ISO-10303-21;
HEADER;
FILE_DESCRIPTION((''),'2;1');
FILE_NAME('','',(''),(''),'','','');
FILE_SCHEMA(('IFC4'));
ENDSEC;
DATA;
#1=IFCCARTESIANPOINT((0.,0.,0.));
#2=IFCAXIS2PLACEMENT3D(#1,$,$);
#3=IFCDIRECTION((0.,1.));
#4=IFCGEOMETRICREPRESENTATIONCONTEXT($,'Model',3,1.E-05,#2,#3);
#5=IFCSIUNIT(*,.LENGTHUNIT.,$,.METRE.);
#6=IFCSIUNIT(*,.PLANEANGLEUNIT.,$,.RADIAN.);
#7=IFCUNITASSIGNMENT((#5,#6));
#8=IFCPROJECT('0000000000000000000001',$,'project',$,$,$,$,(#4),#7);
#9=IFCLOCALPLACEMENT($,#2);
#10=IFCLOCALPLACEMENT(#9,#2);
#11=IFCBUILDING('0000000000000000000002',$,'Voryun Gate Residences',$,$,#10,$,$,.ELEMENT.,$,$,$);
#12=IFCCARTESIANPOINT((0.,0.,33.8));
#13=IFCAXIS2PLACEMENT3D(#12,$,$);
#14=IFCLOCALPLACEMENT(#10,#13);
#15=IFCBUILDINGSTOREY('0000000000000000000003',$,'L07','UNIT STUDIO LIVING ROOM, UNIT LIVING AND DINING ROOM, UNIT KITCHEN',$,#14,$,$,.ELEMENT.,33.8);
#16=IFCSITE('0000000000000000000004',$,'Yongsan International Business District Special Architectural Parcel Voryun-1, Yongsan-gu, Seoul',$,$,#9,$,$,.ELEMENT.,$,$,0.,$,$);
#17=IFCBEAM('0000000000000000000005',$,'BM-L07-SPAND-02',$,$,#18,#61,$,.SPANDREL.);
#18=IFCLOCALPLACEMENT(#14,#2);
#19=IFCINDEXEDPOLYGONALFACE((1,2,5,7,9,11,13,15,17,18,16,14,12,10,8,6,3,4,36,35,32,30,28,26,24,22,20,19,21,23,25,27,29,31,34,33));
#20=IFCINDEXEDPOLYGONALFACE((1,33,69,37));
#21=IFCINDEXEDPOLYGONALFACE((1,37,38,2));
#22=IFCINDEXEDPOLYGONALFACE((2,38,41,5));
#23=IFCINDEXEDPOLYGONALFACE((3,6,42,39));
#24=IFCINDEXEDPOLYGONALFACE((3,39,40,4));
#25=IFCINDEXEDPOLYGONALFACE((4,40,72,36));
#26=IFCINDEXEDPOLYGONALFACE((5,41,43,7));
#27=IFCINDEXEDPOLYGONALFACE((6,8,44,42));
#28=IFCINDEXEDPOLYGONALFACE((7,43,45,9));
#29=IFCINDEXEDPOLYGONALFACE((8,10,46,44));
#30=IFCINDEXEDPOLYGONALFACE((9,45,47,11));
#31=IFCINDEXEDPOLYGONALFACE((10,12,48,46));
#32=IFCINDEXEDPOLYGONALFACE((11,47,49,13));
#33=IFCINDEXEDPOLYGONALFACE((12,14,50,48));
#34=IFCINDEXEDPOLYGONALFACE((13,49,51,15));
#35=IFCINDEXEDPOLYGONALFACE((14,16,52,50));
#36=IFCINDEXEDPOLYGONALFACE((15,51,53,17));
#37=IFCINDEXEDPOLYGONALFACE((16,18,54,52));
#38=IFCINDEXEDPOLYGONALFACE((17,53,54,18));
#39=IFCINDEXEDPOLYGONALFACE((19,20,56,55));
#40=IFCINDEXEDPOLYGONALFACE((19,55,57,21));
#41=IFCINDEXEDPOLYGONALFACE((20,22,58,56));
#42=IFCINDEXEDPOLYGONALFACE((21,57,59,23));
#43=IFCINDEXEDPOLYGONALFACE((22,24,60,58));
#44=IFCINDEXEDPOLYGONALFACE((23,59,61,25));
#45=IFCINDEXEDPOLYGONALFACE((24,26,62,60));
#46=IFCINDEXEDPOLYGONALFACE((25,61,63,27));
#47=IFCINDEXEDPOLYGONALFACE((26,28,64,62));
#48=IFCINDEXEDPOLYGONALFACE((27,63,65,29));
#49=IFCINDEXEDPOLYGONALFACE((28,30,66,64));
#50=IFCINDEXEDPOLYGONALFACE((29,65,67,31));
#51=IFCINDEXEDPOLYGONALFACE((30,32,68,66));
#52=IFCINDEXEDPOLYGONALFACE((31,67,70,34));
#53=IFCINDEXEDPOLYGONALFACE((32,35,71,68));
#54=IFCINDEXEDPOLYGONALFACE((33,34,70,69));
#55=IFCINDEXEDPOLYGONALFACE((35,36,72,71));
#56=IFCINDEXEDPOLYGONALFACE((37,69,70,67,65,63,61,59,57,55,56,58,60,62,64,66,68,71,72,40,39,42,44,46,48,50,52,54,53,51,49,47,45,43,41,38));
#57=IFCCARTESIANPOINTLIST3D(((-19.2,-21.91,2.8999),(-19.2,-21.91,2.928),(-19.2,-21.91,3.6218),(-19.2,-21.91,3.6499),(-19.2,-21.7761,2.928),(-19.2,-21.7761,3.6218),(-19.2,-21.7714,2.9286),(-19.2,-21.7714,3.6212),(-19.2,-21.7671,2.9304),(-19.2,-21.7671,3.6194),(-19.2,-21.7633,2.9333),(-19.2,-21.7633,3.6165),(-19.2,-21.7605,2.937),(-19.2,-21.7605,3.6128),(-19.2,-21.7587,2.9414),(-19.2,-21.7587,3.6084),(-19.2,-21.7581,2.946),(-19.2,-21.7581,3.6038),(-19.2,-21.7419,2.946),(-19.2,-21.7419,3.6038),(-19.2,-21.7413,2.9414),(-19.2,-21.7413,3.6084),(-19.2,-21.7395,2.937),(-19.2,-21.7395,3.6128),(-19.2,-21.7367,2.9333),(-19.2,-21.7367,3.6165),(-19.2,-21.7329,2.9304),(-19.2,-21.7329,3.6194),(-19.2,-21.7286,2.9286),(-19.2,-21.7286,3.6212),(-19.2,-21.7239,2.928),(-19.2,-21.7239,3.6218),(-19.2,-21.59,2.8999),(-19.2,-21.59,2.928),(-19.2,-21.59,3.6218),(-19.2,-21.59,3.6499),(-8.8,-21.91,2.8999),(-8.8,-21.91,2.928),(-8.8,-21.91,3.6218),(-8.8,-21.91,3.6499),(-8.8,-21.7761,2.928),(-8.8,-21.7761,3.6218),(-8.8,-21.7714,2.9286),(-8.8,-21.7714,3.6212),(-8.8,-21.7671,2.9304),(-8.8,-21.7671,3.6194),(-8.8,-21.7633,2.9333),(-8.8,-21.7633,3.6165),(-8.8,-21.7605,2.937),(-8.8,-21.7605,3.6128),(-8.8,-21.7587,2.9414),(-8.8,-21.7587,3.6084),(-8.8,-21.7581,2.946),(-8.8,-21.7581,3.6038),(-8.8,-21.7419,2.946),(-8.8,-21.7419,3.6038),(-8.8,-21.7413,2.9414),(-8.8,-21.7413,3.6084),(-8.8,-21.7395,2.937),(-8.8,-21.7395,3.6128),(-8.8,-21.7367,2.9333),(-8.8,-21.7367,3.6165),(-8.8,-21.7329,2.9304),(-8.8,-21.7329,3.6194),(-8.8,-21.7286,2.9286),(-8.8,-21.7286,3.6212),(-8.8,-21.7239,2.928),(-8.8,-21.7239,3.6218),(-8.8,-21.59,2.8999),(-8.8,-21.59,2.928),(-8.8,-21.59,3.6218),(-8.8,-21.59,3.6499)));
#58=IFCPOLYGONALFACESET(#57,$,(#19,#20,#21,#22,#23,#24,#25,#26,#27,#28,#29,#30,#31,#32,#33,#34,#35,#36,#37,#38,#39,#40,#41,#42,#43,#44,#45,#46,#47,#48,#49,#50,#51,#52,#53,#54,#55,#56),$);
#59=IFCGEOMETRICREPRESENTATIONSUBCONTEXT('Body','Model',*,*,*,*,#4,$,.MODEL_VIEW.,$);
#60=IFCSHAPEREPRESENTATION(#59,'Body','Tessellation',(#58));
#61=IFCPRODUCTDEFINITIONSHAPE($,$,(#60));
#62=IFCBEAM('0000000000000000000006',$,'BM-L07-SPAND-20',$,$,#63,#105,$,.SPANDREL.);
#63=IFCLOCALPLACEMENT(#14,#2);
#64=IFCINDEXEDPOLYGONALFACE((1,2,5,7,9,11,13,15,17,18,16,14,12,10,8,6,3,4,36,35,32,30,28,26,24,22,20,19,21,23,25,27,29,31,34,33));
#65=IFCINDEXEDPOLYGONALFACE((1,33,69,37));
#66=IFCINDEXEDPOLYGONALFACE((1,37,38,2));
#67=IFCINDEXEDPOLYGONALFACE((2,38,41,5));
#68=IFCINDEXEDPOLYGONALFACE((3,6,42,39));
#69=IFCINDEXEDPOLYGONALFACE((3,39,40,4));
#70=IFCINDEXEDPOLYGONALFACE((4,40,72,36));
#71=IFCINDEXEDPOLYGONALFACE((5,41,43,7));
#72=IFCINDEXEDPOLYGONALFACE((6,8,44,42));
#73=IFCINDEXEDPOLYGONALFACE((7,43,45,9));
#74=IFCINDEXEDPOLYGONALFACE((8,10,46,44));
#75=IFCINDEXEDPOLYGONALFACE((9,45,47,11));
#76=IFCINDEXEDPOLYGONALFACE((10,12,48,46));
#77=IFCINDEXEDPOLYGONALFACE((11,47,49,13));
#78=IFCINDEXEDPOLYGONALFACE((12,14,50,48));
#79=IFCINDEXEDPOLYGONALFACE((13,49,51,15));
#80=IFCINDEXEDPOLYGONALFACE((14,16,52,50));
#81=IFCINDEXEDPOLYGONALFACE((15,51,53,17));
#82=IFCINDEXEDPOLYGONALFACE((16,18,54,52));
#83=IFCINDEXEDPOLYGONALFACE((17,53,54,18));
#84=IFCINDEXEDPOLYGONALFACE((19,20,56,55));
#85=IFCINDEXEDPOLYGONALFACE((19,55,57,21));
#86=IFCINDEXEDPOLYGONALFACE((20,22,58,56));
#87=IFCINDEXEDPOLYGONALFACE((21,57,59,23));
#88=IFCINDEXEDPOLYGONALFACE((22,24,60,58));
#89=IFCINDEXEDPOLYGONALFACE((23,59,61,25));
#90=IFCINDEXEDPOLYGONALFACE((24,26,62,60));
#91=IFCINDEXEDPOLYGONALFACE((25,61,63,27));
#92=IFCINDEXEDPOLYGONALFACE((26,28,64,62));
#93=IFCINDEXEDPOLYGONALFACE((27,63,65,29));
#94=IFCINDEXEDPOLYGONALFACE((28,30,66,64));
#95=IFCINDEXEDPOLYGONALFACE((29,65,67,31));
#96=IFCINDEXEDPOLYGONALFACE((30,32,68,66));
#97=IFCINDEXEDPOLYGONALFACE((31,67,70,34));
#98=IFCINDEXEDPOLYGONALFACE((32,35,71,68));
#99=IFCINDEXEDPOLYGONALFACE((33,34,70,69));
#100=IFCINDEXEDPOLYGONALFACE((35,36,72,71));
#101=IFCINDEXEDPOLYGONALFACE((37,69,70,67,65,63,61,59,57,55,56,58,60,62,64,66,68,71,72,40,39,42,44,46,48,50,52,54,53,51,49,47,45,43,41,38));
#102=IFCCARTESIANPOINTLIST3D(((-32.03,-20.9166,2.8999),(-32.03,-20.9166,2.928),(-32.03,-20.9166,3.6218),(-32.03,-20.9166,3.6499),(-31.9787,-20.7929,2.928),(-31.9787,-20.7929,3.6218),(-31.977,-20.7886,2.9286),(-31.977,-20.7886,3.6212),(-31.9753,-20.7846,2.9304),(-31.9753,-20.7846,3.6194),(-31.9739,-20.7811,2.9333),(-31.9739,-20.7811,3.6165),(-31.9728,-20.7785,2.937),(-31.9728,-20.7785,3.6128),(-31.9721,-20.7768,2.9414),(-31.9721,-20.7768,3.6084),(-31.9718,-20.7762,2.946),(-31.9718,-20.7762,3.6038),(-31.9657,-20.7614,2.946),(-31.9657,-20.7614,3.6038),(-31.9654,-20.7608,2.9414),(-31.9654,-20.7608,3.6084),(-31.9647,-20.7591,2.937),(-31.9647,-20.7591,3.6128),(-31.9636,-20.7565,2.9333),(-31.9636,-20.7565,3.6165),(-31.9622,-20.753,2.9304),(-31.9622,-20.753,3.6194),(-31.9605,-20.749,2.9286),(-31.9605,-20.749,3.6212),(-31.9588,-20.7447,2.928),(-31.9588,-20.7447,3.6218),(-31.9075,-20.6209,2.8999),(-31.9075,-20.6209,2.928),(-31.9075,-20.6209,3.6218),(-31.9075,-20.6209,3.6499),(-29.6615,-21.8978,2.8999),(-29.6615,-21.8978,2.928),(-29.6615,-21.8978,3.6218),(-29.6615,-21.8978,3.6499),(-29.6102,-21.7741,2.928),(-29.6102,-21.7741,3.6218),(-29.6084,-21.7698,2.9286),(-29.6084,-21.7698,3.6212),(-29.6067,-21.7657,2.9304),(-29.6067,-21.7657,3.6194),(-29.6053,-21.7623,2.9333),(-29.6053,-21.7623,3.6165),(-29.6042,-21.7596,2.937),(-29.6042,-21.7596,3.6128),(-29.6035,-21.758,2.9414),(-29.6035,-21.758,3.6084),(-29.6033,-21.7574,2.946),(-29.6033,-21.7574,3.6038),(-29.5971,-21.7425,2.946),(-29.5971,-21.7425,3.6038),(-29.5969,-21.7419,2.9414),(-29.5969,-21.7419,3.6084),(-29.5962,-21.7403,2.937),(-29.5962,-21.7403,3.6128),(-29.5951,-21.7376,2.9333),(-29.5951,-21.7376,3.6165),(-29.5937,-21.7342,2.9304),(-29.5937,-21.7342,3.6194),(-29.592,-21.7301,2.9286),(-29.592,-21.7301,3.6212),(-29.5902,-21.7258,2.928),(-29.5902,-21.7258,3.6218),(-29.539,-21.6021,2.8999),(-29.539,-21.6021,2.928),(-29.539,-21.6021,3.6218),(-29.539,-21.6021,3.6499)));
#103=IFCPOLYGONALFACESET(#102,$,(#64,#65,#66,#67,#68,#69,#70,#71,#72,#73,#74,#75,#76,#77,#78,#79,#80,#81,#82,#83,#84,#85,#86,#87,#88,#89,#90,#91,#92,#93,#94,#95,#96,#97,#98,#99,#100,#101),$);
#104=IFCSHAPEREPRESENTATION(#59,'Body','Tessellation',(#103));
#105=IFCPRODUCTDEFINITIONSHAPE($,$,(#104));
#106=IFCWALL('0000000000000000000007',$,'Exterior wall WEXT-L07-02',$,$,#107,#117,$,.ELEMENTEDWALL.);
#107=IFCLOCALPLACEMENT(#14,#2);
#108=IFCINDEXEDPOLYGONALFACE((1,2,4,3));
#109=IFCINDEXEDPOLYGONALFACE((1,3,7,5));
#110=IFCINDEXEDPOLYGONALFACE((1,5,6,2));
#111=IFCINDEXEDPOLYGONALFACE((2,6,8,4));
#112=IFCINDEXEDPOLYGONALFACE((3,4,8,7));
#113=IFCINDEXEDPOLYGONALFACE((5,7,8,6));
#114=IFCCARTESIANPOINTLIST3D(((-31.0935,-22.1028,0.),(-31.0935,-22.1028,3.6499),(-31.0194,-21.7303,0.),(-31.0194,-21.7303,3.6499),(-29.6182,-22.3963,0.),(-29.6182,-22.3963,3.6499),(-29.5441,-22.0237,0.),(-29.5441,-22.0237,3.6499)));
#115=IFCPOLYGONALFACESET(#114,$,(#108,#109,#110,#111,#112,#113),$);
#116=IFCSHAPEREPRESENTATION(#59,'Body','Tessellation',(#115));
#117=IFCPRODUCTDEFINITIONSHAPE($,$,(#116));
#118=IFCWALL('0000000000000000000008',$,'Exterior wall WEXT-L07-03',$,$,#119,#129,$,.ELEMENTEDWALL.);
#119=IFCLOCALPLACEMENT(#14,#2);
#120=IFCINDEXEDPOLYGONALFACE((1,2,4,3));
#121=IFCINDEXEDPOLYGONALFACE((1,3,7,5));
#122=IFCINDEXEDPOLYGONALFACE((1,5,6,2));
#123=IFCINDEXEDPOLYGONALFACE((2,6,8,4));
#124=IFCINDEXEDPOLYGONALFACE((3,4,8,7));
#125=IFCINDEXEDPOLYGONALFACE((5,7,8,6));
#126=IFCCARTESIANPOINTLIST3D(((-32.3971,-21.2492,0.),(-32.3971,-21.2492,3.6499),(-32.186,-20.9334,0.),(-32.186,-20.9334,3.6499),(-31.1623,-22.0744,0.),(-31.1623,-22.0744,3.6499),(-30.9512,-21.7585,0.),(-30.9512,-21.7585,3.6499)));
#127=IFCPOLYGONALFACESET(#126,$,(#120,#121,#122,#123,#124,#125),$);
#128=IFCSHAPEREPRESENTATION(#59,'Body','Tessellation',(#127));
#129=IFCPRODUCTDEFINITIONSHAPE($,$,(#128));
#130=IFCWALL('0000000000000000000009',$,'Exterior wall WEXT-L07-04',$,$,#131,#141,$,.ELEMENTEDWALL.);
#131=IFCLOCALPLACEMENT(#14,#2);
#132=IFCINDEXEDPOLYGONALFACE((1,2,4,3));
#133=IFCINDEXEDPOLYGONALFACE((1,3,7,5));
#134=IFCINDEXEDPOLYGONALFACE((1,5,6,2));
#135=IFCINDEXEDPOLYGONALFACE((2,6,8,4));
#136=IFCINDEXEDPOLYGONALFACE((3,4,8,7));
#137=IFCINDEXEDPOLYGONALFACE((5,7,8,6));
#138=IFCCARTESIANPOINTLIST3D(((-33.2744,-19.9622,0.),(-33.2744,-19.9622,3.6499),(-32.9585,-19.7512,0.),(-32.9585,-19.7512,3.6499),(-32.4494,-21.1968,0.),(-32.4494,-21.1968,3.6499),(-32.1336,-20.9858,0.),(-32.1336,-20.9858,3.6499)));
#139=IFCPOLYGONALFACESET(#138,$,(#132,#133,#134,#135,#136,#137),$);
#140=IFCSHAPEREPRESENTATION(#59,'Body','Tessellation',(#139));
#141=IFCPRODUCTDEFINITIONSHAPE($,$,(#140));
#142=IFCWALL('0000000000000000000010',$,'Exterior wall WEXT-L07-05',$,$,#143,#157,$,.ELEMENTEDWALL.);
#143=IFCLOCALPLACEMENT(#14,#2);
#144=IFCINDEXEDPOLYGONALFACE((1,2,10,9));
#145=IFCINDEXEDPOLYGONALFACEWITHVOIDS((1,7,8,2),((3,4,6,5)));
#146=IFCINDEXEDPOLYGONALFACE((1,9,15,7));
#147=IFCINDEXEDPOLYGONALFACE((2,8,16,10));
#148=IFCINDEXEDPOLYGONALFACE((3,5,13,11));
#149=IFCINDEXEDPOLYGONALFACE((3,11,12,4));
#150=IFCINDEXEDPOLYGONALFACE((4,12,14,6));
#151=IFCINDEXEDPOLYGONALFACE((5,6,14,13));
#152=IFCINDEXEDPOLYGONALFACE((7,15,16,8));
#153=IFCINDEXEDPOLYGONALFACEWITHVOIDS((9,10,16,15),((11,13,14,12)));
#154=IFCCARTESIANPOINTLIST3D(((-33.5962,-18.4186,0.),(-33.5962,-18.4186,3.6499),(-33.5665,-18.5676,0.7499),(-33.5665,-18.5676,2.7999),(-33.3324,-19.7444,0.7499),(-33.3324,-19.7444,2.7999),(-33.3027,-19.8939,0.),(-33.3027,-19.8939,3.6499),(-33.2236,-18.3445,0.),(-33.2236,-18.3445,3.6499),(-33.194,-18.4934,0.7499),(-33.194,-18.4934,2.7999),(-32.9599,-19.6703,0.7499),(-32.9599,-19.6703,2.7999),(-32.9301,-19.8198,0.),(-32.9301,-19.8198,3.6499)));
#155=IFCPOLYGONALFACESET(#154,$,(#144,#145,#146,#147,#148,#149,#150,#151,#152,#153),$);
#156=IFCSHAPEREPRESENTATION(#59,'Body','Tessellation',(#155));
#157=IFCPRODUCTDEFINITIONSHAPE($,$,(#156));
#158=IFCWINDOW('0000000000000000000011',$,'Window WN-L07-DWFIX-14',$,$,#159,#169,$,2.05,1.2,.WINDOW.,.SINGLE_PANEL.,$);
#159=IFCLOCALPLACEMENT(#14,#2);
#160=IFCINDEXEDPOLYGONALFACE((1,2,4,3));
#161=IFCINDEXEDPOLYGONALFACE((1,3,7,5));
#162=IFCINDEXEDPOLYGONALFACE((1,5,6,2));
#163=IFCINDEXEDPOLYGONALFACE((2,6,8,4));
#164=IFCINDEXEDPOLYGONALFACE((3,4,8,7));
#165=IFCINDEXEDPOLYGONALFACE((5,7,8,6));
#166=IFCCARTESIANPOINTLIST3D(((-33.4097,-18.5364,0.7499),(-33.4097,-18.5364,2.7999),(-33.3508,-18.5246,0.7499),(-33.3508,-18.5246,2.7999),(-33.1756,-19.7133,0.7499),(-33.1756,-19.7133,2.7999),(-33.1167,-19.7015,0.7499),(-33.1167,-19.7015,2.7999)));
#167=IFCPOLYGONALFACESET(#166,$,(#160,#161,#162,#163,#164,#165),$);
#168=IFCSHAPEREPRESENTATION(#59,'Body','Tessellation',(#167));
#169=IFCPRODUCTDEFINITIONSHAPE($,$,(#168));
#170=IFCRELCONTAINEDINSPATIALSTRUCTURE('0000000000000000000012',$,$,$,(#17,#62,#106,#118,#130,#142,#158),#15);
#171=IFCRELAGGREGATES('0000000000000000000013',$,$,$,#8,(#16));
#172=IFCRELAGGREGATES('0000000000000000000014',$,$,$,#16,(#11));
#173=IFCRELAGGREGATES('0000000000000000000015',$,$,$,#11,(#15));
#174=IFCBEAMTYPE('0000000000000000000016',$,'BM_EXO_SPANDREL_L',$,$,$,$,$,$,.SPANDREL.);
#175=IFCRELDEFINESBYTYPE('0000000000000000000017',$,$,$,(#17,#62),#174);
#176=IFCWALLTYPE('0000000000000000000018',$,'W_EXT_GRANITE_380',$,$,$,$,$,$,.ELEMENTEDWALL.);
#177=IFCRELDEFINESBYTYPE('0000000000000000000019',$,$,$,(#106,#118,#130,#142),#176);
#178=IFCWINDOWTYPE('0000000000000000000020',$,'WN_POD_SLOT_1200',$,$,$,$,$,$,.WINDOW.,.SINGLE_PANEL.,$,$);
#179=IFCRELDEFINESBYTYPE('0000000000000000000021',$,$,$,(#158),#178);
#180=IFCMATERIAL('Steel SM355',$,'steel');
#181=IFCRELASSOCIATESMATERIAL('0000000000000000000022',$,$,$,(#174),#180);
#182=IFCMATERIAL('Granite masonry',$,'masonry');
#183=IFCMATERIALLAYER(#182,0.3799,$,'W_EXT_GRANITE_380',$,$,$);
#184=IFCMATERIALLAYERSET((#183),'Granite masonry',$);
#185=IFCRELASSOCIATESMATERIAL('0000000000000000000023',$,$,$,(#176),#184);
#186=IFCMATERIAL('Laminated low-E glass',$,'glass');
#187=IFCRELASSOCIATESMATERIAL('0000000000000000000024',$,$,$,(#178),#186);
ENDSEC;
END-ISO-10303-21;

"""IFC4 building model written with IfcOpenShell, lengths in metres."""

from ifc_helpers import new_model, si_unit, direction, frame, frame_2d, origin, origin_2d, place, context, subcontext, project, spatial, rectangle, i_section, extrude, material, layer, layer_set, material_profile, profile_set, type_object, element, fill, save


model = new_model("IFC4")

# Units and contexts
model_context = context("Model", 3, precision=1e-05, world=origin(), true_north=direction((0.0, 1.0)))
body_context = subcontext(model_context, "Body", "Model", "MODEL_VIEW")
ifc_project = project(units=[si_unit("LENGTHUNIT", "METRE"), si_unit("PLANEANGLEUNIT", "RADIAN")], contexts=[model_context])

# Site, building, storey
site_placement = place(None, origin())
site = spatial("IfcSite", under=ifc_project, at=site_placement, Name="Yongsan International Business District Special Architectural Parcel Voryun-1, Yongsan-gu, Seoul", CompositionType="ELEMENT", RefElevation=0.0)
building_placement = place(site_placement, origin())
building = spatial("IfcBuilding", under=site, at=building_placement, Name="Voryun Gate Residences", CompositionType="ELEMENT")
storey_placement = place(building_placement, frame((0.0, 0.0, 33.8)))
storey = spatial("IfcBuildingStorey", under=building, at=storey_placement, Name="L07", Description="UNIT STUDIO LIVING ROOM, UNIT LIVING AND DINING ROOM, UNIT KITCHEN", CompositionType="ELEMENT", Elevation=33.8)

# Beams
ifc_material_1 = material(Name="Steel SM355", Category="steel")
ifc_material_profile_1 = material_profile(ifc_material_1, i_section(OverallWidth=0.3201, OverallDepth=0.75, WebThickness=0.0161, FlangeThickness=0.0281, FilletRadius=0.0181, at=origin_2d()), Name="H-750x320x16x28")
ifc_profile_set_1 = profile_set([ifc_material_profile_1], Name="Steel SM355")
beam_type = type_object("IfcBeamType", Name="BM_EXO_SPANDREL_L", PredefinedType="SPANDREL", material=ifc_profile_set_1)
beam_1_placement = place(storey_placement, frame((-19.2, -21.75, 3.2749), z_axis=(1.0, 0.0, 0.0), x_axis=(0.0, 1.0, 0.0)))
element("IfcBeam", 1, at=beam_1_placement, inside=storey, type_object=beam_type, Name="BM-L07-SPAND-02", PredefinedType="SPANDREL", context=body_context, shape_type="SweptSolid", body=[
    extrude(i_section(OverallWidth=0.3201, OverallDepth=0.75, WebThickness=0.0161, FlangeThickness=0.0281, FilletRadius=0.0181, at=origin_2d()), origin(), (0.0, 0.0, 1.0), 10.3999),
])
beam_2_placement = place(storey_placement, frame((-31.9688, -20.7688, 3.2749), z_axis=(0.923869, -0.382708, 0.0), x_axis=(0.382708, 0.923869, 0.0)))
element("IfcBeam", 2, at=beam_2_placement, inside=storey, type_object=beam_type, Name="BM-L07-SPAND-20", PredefinedType="SPANDREL", context=body_context, shape_type="SweptSolid", body=[
    extrude(i_section(OverallWidth=0.3201, OverallDepth=0.75, WebThickness=0.0161, FlangeThickness=0.0281, FilletRadius=0.0181, at=origin_2d()), origin(), (0.0, 0.0, 1.0), 2.5637),
])

# Walls
ifc_material_2 = material(Name="Granite masonry", Category="masonry")
ifc_layer_1 = layer(ifc_material_2, 0.3799, Name="W_EXT_GRANITE_380")
ifc_layer_set_1 = layer_set([ifc_layer_1], Name="Granite masonry")
wall_type_1 = type_object("IfcWallType", Name="W_EXT_GRANITE_380", PredefinedType="ELEMENTEDWALL", material=ifc_layer_set_1)
wall_1_placement = place(storey_placement, frame((-29.5813, -22.21, 0.0), z_axis=(0.0, 0.0, 1.0), x_axis=(-0.980786, 0.195086, 0.0)))
element("IfcWall", 3, at=wall_1_placement, inside=storey, type_object=wall_type_1, Name="Exterior wall WEXT-L07-02", PredefinedType="ELEMENTEDWALL", context=body_context, shape_type="SweptSolid", body=[
    extrude(rectangle(XDim=1.5042, YDim=0.3799, at=frame_2d((0.752, 0.0))), origin(), (0.0, 0.0, 1.0), 3.6499),
])
wall_2_placement = place(storey_placement, frame((-31.0566, -21.9165, 0.0), z_axis=(0.0, 0.0, 1.0), x_axis=(-0.831443, 0.55561, 0.0)))
element("IfcWall", 4, at=wall_2_placement, inside=storey, type_object=wall_type_1, Name="Exterior wall WEXT-L07-03", PredefinedType="ELEMENTEDWALL", context=body_context, shape_type="SweptSolid", body=[
    extrude(rectangle(XDim=1.4851, YDim=0.3799, at=frame_2d((0.7427, 0.0))), origin(), (0.0, 0.0, 1.0), 3.6499),
])
wall_3_placement = place(storey_placement, frame((-32.2915, -21.0913, 0.0), z_axis=(0.0, 0.0, 1.0), x_axis=(-0.555573, 0.831468, 0.0)))
element("IfcWall", 5, at=wall_3_placement, inside=storey, type_object=wall_type_1, Name="Exterior wall WEXT-L07-04", PredefinedType="ELEMENTEDWALL", context=body_context, shape_type="SweptSolid", body=[
    extrude(rectangle(XDim=1.4849, YDim=0.3799, at=frame_2d((0.7424, 0.0))), origin(), (0.0, 0.0, 1.0), 3.6499),
])

# Wall, opening, window
wall_4_placement = place(storey_placement, frame((-33.1165, -19.8567, 0.0), z_axis=(0.0, 0.0, 1.0), x_axis=(-0.195086, 0.980786, 0.0)))
wall_4 = element("IfcWall", 6, at=wall_4_placement, inside=storey, type_object=wall_type_1, Name="Exterior wall WEXT-L07-05", PredefinedType="ELEMENTEDWALL", context=body_context, shape_type="SweptSolid", body=[
    extrude(rectangle(XDim=1.5042, YDim=0.3799, at=frame_2d((0.752, 0.0))), origin(), (0.0, 0.0, 1.0), 3.6499),
])
opening_1_placement = place(wall_4_placement, frame((0.1521, 0.0, 0.75)))
opening_1 = element("IfcOpeningElement", 7, at=opening_1_placement, cuts=wall_4, PredefinedType="OPENING", context=body_context, shape_type="SweptSolid", body=[
    extrude(rectangle(XDim=1.2, YDim=2.05, at=frame_2d((0.6001, 1.0249))), frame((0.0, 0.2, 0.0), z_axis=(0.0, -1.0, 0.0), x_axis=(1.0, 0.0, 0.0)), (0.0, 0.0, 1.0), 0.3999),
])
ifc_material_3 = material(Name="Laminated low-E glass", Category="glass")
window_type = type_object("IfcWindowType", Name="WN_POD_SLOT_1200", PartitioningType="SINGLE_PANEL", PredefinedType="WINDOW", material=ifc_material_3)
window_1_placement = place(opening_1_placement, origin())
window_1 = element("IfcWindow", 8, at=window_1_placement, inside=storey, type_object=window_type, Name="Window WN-L07-DWFIX-14", OverallHeight=2.05, OverallWidth=1.2, PartitioningType="SINGLE_PANEL", PredefinedType="WINDOW", context=body_context, shape_type="SweptSolid", body=[
    extrude(rectangle(XDim=1.2, YDim=2.05, at=frame_2d((0.6001, 1.0249))), frame((0.0, 0.03, 0.0), z_axis=(0.0, -1.0, 0.0), x_axis=(1.0, 0.0, 0.0)), (0.0, 0.0, 1.0), 0.0601),
])
fill(opening_1, window_1)

save(model, "model.ifc")
